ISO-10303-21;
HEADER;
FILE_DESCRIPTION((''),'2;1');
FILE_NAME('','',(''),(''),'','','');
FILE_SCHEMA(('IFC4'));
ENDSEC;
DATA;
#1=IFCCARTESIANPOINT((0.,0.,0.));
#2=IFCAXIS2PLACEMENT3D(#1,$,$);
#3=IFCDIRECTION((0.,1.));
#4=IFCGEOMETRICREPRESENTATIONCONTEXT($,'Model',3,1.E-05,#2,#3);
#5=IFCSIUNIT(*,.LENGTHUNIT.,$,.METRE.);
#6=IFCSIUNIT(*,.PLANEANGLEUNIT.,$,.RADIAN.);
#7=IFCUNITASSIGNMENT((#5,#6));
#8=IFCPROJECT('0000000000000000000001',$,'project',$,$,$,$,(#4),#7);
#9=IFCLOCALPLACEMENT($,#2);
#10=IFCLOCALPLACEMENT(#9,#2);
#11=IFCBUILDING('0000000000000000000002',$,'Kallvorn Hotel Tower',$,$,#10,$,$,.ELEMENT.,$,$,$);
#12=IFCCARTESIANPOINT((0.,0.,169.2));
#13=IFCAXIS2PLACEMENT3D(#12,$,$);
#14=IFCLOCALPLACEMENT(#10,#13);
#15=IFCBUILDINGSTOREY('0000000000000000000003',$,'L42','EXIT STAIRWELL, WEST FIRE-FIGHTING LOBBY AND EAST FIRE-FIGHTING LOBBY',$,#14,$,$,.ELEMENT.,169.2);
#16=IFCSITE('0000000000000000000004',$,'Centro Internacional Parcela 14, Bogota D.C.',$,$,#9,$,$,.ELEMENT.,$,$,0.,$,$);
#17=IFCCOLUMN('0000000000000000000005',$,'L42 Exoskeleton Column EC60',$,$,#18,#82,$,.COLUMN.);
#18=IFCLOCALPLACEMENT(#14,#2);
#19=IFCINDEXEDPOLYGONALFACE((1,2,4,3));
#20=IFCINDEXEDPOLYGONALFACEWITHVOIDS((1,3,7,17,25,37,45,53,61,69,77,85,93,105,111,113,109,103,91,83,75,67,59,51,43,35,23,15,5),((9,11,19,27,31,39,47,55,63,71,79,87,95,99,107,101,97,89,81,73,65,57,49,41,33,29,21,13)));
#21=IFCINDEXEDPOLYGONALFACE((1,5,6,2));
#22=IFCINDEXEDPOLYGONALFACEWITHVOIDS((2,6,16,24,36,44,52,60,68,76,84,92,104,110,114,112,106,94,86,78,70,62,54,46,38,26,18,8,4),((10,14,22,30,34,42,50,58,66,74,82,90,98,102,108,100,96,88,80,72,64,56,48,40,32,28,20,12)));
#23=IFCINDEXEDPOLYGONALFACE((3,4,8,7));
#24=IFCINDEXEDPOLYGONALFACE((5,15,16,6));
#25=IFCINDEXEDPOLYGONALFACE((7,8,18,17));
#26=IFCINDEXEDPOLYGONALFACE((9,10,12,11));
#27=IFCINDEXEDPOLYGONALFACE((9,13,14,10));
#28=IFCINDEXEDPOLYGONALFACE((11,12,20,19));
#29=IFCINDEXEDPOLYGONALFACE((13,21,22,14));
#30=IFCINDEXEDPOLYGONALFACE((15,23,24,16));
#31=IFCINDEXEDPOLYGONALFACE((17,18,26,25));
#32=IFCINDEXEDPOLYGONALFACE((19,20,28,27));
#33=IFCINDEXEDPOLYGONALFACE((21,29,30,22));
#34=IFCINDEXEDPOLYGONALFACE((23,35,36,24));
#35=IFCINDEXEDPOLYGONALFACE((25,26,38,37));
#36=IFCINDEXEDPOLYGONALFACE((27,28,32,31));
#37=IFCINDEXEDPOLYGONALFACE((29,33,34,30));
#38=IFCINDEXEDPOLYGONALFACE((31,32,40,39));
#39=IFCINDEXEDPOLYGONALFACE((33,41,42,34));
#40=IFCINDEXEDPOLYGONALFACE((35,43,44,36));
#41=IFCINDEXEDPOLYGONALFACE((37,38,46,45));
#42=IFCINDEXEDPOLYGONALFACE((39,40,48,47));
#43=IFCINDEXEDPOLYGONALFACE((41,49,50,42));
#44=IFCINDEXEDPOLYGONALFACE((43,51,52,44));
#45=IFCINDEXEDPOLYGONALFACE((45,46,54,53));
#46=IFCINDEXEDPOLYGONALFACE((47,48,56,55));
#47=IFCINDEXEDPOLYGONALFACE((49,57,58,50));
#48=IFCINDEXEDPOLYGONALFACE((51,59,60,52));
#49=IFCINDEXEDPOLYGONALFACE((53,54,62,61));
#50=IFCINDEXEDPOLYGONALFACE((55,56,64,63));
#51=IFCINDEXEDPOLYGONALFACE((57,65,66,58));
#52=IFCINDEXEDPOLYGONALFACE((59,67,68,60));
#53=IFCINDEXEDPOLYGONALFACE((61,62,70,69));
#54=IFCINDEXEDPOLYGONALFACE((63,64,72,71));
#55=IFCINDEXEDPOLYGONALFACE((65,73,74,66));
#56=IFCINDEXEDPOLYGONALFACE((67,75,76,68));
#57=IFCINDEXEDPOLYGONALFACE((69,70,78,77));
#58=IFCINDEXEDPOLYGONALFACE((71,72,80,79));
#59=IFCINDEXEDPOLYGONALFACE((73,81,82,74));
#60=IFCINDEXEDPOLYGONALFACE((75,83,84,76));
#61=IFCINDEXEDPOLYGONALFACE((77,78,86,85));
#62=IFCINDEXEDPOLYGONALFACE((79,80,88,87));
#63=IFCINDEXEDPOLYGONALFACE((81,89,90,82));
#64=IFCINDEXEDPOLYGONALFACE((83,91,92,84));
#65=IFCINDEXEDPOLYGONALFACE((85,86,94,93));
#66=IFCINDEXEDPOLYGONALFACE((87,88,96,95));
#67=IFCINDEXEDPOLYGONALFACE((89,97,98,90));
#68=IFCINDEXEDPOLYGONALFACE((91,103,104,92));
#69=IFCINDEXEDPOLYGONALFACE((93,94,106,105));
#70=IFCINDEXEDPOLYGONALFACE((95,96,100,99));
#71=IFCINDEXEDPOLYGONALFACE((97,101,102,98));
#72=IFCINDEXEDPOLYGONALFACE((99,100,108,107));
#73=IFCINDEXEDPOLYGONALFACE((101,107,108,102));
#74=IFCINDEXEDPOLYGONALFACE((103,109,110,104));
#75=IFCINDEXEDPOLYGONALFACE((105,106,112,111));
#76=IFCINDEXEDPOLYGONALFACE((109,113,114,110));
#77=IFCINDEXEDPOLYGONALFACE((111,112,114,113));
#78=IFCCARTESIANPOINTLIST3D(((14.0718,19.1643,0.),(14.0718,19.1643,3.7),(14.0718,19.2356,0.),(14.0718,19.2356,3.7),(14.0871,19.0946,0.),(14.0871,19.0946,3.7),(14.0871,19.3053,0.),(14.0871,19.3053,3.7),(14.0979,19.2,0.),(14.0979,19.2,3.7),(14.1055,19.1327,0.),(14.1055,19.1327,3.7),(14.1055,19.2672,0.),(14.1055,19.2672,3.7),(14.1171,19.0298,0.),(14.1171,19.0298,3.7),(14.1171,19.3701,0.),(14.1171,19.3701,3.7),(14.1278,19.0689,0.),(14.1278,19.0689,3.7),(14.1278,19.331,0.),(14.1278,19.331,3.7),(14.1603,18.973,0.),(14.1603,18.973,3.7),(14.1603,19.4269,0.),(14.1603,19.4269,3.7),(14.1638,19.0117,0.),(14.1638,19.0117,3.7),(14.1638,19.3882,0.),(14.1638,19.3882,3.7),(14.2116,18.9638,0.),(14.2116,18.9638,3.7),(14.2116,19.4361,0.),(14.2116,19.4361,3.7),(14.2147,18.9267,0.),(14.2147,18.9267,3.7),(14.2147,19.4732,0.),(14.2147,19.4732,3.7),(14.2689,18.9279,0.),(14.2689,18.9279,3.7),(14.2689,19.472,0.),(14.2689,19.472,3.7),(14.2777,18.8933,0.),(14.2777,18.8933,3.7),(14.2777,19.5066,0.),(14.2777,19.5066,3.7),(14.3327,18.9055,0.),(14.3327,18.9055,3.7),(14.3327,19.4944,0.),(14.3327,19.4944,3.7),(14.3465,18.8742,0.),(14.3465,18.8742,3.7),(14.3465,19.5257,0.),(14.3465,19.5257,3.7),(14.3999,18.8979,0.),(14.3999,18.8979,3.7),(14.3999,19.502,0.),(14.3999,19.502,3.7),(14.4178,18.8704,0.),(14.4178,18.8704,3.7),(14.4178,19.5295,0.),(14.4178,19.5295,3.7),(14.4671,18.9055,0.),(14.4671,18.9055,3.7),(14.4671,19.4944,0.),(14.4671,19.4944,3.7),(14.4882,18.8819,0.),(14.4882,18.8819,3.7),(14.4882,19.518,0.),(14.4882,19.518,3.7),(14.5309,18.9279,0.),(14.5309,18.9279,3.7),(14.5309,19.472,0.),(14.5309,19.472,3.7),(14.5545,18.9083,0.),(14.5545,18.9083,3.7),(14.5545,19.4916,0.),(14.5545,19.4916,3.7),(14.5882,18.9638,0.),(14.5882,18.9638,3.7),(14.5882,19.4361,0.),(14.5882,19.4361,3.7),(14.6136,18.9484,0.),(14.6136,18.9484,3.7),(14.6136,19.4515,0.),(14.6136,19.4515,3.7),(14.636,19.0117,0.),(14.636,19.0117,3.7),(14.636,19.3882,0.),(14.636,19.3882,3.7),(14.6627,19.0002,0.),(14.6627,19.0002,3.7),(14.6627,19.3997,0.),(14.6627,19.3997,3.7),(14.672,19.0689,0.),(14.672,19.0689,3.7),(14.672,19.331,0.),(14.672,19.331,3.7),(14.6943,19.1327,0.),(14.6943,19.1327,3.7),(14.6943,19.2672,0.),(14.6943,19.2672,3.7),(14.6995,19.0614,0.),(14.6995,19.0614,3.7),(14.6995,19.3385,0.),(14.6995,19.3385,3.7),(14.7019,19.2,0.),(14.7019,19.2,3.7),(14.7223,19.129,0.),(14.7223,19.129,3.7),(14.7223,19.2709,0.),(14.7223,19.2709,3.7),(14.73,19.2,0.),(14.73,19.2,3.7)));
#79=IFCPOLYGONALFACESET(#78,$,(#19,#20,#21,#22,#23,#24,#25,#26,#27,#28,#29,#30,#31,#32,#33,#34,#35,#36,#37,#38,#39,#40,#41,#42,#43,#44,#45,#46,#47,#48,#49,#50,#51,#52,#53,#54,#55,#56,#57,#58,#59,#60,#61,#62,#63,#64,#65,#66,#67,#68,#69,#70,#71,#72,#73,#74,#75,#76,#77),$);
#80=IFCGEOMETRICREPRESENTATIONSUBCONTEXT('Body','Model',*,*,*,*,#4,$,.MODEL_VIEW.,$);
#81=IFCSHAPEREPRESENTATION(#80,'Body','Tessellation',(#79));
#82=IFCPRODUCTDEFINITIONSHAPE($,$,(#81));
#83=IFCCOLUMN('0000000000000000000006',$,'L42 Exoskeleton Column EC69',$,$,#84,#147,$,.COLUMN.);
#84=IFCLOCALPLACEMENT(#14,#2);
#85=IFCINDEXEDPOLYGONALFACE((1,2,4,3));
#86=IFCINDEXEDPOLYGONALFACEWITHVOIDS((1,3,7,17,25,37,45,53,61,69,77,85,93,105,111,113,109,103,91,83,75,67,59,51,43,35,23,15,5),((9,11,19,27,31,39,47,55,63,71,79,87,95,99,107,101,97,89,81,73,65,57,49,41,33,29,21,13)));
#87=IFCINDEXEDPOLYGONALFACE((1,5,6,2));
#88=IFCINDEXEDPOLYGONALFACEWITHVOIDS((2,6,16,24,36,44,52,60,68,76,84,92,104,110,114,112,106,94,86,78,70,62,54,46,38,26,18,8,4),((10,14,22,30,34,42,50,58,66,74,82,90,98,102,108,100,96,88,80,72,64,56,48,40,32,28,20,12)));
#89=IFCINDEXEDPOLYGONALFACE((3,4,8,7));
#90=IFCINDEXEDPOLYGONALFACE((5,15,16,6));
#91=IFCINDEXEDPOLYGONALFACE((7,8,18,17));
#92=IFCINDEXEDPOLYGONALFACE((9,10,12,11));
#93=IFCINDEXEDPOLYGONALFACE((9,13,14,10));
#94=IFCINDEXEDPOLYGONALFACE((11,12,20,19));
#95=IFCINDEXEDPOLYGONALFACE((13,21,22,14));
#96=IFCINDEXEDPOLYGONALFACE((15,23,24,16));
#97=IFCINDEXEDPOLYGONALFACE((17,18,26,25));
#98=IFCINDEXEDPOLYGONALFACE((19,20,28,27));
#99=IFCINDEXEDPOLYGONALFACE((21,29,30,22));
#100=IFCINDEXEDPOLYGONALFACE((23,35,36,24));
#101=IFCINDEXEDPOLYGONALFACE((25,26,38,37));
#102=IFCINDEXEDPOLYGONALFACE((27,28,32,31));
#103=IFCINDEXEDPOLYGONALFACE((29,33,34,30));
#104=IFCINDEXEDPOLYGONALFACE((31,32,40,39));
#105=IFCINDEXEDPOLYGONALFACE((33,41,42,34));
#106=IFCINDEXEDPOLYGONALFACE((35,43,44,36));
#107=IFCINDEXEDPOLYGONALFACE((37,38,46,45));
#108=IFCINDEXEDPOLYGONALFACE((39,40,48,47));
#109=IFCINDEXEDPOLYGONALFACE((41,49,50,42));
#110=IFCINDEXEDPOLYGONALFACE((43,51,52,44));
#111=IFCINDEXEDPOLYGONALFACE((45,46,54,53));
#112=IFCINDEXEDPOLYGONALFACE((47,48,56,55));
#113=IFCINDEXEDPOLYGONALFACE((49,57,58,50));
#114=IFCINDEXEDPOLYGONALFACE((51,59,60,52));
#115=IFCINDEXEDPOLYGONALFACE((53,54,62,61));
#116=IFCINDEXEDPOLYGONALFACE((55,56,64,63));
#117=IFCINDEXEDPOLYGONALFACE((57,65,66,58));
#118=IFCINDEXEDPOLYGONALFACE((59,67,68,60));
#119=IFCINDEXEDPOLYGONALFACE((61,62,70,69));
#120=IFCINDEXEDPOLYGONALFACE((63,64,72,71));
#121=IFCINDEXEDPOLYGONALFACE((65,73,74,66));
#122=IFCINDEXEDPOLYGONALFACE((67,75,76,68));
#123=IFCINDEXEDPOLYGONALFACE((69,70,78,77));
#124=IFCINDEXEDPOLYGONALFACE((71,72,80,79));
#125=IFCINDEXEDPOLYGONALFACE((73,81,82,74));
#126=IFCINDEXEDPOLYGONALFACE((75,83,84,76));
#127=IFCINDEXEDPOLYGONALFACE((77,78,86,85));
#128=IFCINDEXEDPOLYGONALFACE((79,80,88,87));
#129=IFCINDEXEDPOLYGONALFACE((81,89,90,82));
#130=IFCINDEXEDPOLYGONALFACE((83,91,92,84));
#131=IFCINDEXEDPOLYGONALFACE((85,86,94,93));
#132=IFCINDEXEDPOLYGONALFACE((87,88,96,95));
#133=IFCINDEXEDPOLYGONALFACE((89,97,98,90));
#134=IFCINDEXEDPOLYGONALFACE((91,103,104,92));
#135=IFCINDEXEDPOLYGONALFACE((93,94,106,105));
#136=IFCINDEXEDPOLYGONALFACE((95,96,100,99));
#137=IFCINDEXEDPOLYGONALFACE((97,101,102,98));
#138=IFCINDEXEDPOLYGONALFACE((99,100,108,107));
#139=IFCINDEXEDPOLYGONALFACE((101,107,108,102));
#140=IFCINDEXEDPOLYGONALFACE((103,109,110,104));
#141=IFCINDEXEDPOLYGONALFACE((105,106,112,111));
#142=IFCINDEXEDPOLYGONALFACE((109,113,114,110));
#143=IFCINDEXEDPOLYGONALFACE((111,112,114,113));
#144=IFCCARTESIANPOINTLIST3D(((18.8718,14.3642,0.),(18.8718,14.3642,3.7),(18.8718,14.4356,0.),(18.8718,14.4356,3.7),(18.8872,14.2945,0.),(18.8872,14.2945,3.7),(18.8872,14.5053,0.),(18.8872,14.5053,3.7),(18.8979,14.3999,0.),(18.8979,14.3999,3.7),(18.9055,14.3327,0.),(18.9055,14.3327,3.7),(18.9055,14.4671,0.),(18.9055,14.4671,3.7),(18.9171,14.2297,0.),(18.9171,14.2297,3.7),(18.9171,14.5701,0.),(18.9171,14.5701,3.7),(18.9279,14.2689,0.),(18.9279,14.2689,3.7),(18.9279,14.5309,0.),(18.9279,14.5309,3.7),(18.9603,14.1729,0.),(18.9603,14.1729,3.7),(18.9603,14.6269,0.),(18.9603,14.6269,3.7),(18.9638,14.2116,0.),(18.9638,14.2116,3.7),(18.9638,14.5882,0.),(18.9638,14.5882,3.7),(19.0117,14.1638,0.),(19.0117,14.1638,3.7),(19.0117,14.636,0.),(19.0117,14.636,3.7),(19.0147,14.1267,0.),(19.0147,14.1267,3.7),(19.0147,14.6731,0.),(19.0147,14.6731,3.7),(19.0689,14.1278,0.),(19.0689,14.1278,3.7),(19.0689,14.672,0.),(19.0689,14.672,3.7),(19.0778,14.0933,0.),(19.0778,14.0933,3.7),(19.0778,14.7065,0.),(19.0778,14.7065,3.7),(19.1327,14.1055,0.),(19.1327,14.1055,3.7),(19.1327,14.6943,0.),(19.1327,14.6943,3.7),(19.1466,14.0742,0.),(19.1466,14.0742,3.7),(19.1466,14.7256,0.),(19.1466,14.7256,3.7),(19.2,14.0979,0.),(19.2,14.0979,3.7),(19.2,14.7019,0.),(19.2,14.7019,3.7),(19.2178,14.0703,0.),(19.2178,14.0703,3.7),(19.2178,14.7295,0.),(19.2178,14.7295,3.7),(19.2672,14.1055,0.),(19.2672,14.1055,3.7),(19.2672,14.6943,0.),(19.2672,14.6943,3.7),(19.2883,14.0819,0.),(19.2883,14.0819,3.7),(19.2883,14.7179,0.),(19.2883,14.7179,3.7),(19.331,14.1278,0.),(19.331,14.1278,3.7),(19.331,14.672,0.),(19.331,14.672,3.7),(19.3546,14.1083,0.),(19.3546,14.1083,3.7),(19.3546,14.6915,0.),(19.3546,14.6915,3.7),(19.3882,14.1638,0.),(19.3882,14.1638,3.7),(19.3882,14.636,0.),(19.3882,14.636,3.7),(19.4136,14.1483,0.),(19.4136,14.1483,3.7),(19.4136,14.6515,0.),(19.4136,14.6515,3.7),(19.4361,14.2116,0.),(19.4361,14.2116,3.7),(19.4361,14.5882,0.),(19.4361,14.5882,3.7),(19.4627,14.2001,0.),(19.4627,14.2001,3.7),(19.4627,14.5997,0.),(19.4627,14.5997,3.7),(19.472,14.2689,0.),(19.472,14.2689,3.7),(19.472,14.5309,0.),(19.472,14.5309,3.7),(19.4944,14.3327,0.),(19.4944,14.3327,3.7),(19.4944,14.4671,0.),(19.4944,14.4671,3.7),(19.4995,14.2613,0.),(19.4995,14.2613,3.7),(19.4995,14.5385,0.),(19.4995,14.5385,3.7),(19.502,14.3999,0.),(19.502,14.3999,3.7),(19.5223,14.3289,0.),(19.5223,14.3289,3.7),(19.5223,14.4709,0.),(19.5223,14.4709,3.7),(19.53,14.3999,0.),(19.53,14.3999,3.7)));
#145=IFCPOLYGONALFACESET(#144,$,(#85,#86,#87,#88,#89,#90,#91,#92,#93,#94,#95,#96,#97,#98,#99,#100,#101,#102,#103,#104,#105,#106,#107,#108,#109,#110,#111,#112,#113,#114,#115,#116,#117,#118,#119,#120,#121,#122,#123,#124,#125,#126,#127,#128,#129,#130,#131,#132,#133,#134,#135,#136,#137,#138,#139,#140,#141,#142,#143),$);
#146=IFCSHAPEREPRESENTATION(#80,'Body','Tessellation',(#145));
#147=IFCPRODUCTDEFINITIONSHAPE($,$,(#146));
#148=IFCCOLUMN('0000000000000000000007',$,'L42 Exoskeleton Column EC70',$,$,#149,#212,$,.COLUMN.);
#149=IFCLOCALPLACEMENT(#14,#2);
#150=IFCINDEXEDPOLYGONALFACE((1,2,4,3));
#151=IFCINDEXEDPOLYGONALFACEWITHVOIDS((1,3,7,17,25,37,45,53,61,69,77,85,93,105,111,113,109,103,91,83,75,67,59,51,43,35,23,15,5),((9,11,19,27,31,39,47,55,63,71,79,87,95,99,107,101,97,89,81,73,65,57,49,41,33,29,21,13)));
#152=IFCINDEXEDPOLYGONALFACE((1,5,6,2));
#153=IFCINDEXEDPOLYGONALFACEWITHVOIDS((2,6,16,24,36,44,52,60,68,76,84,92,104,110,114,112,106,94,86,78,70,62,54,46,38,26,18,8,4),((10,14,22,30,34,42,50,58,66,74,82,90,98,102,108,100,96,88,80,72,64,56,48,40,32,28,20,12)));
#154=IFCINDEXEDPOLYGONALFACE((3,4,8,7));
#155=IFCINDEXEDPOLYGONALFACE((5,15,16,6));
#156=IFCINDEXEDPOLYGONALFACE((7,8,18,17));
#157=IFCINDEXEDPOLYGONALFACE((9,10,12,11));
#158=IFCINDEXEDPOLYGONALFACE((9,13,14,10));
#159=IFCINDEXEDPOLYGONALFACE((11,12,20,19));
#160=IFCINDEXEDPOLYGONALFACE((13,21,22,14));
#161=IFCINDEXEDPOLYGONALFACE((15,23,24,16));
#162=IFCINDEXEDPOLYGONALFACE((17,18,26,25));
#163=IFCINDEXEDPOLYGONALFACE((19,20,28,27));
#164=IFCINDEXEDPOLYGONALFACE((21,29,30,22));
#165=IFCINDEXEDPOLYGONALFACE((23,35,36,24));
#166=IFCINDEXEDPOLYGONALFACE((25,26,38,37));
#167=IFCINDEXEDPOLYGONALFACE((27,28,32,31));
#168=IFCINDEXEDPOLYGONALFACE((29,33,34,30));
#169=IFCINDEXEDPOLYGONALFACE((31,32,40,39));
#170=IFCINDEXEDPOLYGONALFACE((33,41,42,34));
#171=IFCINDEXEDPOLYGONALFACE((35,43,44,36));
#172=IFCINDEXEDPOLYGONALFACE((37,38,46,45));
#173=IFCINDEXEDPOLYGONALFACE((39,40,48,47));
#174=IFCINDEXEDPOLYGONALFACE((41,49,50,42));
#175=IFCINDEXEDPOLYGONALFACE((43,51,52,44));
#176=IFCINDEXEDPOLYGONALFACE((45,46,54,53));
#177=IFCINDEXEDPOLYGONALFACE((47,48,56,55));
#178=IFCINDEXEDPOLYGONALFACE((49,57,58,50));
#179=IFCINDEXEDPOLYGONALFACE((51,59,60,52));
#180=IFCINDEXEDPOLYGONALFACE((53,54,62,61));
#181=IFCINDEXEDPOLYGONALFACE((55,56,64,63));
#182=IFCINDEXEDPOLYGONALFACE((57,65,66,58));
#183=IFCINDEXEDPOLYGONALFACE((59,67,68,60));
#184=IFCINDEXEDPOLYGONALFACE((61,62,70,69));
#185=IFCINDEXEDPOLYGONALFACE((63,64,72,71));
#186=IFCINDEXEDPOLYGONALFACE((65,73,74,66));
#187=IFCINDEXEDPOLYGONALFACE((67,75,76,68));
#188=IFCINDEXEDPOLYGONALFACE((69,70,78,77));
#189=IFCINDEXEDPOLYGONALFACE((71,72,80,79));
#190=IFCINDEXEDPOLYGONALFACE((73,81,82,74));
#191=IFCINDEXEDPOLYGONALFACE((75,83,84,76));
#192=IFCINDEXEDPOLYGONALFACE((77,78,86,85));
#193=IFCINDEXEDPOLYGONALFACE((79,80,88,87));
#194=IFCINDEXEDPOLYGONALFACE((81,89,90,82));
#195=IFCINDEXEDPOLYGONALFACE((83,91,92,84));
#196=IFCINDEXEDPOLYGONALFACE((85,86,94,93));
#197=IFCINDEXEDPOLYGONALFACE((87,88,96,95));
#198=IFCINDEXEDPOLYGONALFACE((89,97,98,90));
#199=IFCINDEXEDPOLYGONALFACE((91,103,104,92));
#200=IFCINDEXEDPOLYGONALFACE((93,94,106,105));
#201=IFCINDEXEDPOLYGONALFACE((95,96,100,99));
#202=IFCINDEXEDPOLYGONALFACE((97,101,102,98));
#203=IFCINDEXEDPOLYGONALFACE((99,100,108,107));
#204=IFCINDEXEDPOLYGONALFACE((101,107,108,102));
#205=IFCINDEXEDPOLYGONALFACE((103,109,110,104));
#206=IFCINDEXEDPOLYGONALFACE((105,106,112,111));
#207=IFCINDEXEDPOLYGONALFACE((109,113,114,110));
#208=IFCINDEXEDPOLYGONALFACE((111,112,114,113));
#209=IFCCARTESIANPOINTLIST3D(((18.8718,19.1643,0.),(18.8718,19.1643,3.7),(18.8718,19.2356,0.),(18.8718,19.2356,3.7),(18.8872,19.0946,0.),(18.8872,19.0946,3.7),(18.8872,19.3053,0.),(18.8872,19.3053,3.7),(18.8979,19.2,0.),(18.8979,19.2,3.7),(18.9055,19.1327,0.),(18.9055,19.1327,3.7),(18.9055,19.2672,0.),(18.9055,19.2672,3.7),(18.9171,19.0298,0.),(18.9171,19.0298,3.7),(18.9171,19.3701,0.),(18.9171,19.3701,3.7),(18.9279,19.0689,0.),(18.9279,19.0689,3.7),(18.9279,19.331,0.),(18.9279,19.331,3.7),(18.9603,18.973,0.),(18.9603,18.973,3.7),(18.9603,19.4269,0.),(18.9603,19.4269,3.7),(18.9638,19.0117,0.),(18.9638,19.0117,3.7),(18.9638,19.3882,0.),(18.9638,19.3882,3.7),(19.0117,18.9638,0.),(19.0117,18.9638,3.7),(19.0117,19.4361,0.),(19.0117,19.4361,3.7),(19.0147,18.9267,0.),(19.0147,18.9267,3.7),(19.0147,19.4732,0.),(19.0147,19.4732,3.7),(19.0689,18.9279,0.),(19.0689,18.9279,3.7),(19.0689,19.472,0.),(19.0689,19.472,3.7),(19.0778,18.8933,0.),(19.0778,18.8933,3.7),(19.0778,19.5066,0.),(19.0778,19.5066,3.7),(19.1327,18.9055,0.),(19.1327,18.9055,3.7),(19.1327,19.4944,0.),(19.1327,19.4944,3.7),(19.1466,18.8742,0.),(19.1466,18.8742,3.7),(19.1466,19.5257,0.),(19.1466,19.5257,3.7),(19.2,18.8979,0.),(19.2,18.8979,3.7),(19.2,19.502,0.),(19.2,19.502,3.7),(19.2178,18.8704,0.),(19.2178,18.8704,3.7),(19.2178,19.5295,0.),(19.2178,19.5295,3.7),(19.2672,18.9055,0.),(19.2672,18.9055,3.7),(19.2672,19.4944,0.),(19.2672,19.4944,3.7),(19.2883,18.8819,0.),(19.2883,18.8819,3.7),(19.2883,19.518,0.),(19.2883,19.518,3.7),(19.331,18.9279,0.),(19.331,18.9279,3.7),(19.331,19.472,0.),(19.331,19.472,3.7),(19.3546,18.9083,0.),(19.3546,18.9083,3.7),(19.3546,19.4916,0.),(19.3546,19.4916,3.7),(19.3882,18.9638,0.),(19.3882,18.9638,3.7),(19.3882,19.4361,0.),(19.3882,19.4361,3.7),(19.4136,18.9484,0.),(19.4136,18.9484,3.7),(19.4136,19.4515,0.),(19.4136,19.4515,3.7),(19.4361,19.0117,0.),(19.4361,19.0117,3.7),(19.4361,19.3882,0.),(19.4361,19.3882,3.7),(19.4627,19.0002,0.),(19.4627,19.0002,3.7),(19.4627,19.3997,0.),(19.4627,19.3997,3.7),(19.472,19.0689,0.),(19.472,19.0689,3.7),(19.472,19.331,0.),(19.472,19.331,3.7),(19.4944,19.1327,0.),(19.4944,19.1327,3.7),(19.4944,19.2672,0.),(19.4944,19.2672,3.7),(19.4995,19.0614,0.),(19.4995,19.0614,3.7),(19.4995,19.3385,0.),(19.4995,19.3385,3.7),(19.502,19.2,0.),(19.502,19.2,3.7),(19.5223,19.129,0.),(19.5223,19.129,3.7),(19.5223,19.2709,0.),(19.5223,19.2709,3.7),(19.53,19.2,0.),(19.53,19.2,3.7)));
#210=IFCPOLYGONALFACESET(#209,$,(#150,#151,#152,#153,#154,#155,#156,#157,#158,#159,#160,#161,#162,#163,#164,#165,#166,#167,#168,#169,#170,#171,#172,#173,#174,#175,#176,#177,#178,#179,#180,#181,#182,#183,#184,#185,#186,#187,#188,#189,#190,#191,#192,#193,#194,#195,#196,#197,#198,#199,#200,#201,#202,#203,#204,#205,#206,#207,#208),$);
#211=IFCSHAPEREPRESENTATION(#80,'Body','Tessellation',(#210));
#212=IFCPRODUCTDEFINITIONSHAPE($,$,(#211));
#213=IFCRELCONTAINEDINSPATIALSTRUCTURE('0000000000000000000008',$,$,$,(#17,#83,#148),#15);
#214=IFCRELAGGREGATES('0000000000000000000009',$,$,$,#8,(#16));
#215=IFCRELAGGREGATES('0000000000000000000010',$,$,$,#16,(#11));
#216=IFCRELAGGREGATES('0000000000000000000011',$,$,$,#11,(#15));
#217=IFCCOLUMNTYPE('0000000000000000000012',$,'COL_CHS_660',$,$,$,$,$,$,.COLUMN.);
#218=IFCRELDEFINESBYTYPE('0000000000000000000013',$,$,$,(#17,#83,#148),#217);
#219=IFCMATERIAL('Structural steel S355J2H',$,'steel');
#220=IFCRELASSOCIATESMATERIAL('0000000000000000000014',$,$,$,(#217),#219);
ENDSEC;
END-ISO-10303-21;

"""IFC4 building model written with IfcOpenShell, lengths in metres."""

from ifc_helpers import new_model, si_unit, direction, frame, origin, origin_2d, place, context, subcontext, project, spatial, hollow_circle, extrude, material, material_profile, profile_set, type_object, element, save


model = new_model("IFC4")

# Units and contexts
model_context = context("Model", 3, precision=1e-05, world=origin(), true_north=direction((0.0, 1.0)))
body_context = subcontext(model_context, "Body", "Model", "MODEL_VIEW")
ifc_project = project(units=[si_unit("LENGTHUNIT", "METRE"), si_unit("PLANEANGLEUNIT", "RADIAN")], contexts=[model_context])

# Site, building, storey
site_placement = place(None, origin())
site = spatial("IfcSite", under=ifc_project, at=site_placement, Name="Centro Internacional Parcela 14, Bogota D.C.", CompositionType="ELEMENT", RefElevation=0.0)
building_placement = place(site_placement, origin())
building = spatial("IfcBuilding", under=site, at=building_placement, Name="Kallvorn Hotel Tower", CompositionType="ELEMENT")
storey_placement = place(building_placement, frame((0.0, 0.0, 169.2)))
storey = spatial("IfcBuildingStorey", under=building, at=storey_placement, Name="L42", Description="EXIT STAIRWELL, WEST FIRE-FIGHTING LOBBY AND EAST FIRE-FIGHTING LOBBY", CompositionType="ELEMENT", Elevation=169.2)

# Columns
ifc_material_1 = material(Name="Structural steel S355J2H", Category="steel")
ifc_material_profile_1 = material_profile(ifc_material_1, hollow_circle(Radius=0.3301, WallThickness=0.0281, at=origin_2d()), Name="CHS 660x28")
ifc_profile_set_1 = profile_set([ifc_material_profile_1], Name="Structural steel S355J2H")
column_type_1 = type_object("IfcColumnType", Name="COL_CHS_660", PredefinedType="COLUMN", material=ifc_profile_set_1)
for number, where, z_axis, x_axis, name in (
    (1, (14.3999, 19.2, 0.0), (0.0, 0.0, 1.0), (1.0, 0.0, 0.0), "L42 Exoskeleton Column EC60"),
    (2, (19.2, 14.3999, 0.0), (0.0, 0.0, 1.0), (1.0, 0.0, 0.0), "L42 Exoskeleton Column EC69"),
    (3, (19.2, 19.2, 0.0), (0.0, 0.0, 1.0), (1.0, 0.0, 0.0), "L42 Exoskeleton Column EC70"),
):
    element("IfcColumn", number, at=place(storey_placement, frame(where, z_axis=z_axis, x_axis=x_axis)), inside=storey, type_object=column_type_1, Name=name, PredefinedType="COLUMN", context=body_context, shape_type="SweptSolid", body=[
        extrude(hollow_circle(Radius=0.3301, WallThickness=0.0281, at=origin_2d()), origin(), (0.0, 0.0, 1.0), 3.7),
    ])

save(model, "model.ifc")
